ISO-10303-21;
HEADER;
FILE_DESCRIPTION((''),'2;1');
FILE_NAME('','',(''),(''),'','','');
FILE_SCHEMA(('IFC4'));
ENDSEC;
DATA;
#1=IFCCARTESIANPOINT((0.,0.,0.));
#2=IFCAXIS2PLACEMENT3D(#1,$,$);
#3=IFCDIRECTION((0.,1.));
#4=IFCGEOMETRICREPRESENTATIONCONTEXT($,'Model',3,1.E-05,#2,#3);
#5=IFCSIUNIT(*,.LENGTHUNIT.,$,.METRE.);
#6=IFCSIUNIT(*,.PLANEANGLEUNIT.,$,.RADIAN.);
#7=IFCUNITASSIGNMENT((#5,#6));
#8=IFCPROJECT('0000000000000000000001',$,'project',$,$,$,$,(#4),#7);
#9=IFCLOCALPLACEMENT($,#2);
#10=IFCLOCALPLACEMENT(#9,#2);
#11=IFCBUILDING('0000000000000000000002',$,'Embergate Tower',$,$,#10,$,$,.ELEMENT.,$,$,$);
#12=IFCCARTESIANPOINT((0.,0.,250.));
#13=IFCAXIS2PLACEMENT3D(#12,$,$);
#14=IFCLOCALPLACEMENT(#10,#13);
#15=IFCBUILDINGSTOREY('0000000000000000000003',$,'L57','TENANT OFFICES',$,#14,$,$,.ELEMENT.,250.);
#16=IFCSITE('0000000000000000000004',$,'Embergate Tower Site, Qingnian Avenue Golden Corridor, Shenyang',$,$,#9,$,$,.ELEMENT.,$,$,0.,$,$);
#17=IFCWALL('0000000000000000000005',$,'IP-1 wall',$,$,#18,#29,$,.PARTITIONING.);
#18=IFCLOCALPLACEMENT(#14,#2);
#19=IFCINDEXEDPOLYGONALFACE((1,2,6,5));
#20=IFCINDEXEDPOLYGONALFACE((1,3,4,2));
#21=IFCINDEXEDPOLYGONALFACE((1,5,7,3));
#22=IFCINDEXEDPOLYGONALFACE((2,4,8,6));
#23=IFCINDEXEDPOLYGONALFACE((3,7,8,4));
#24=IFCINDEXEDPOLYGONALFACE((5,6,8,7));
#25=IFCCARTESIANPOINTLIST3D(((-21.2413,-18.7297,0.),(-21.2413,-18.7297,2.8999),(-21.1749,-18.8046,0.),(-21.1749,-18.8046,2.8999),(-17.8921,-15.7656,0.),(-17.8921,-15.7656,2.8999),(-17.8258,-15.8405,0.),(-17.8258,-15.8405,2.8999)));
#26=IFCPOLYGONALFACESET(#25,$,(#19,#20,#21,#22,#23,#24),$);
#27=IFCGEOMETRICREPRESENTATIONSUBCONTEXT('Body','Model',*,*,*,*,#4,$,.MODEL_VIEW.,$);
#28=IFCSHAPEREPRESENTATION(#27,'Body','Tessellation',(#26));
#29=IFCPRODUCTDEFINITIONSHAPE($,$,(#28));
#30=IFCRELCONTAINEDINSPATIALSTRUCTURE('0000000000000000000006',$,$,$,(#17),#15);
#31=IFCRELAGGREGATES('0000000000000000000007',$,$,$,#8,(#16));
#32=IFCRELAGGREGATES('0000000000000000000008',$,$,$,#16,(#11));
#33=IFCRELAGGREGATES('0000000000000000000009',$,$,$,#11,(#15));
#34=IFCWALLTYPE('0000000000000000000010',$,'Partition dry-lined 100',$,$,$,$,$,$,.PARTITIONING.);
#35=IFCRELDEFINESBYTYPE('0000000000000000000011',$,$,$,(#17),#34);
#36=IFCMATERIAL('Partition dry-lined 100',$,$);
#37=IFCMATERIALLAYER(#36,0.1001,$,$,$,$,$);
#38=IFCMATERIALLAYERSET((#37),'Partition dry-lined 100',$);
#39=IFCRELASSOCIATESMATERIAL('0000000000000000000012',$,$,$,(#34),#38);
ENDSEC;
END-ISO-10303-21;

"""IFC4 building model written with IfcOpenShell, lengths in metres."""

from ifc_helpers import new_model, si_unit, direction, frame, frame_2d, origin, place, context, subcontext, project, spatial, rectangle, extrude, source, transform, mapped, material, layer, layer_set, type_object, element, save


model = new_model("IFC4")

# Units and contexts
model_context = context("Model", 3, precision=1e-05, world=origin(), true_north=direction((0.0, 1.0)))
body_context = subcontext(model_context, "Body", "Model", "MODEL_VIEW")
ifc_project = project(units=[si_unit("LENGTHUNIT", "METRE"), si_unit("PLANEANGLEUNIT", "RADIAN")], contexts=[model_context])

# Site, building, storey
site_placement = place(None, origin())
site = spatial("IfcSite", under=ifc_project, at=site_placement, Name="Embergate Tower Site, Qingnian Avenue Golden Corridor, Shenyang", CompositionType="ELEMENT", RefElevation=0.0)
building_placement = place(site_placement, origin())
building = spatial("IfcBuilding", under=site, at=building_placement, Name="Embergate Tower", CompositionType="ELEMENT")
storey_placement = place(building_placement, frame((0.0, 0.0, 250.0)))
storey = spatial("IfcBuildingStorey", under=building, at=storey_placement, Name="L57", Description="TENANT OFFICES", CompositionType="ELEMENT", Elevation=250.0)

# Wall
ifc_material_1 = material(Name="Partition dry-lined 100")
ifc_layer_1 = layer(ifc_material_1, 0.1001)
ifc_layer_set_1 = layer_set([ifc_layer_1], Name="Partition dry-lined 100")
wall_type = type_object("IfcWallType", Name="Partition dry-lined 100", PredefinedType="PARTITIONING", material=ifc_layer_set_1)
shared_shape_1 = source(origin(), body_context, "Body", "SweptSolid", [
    extrude(rectangle(XDim=4.4724, YDim=0.1001, at=frame_2d((2.2363, 0.0))), origin(), (0.0, 0.0, 1.0), 2.8999),
])
wall_placement = place(storey_placement, frame((-17.8589, -15.803, 0.0), z_axis=(0.0, 0.0, 1.0), x_axis=(-0.748838, -0.662753, 0.0)))
element("IfcWall", 1, at=wall_placement, inside=storey, type_object=wall_type, Name="IP-1 wall", PredefinedType="PARTITIONING", context=body_context, shape_type="MappedRepresentation", body=[
    mapped(shared_shape_1, transform((0.0, 0.0, 0.0))),
])

save(model, "model.ifc")
